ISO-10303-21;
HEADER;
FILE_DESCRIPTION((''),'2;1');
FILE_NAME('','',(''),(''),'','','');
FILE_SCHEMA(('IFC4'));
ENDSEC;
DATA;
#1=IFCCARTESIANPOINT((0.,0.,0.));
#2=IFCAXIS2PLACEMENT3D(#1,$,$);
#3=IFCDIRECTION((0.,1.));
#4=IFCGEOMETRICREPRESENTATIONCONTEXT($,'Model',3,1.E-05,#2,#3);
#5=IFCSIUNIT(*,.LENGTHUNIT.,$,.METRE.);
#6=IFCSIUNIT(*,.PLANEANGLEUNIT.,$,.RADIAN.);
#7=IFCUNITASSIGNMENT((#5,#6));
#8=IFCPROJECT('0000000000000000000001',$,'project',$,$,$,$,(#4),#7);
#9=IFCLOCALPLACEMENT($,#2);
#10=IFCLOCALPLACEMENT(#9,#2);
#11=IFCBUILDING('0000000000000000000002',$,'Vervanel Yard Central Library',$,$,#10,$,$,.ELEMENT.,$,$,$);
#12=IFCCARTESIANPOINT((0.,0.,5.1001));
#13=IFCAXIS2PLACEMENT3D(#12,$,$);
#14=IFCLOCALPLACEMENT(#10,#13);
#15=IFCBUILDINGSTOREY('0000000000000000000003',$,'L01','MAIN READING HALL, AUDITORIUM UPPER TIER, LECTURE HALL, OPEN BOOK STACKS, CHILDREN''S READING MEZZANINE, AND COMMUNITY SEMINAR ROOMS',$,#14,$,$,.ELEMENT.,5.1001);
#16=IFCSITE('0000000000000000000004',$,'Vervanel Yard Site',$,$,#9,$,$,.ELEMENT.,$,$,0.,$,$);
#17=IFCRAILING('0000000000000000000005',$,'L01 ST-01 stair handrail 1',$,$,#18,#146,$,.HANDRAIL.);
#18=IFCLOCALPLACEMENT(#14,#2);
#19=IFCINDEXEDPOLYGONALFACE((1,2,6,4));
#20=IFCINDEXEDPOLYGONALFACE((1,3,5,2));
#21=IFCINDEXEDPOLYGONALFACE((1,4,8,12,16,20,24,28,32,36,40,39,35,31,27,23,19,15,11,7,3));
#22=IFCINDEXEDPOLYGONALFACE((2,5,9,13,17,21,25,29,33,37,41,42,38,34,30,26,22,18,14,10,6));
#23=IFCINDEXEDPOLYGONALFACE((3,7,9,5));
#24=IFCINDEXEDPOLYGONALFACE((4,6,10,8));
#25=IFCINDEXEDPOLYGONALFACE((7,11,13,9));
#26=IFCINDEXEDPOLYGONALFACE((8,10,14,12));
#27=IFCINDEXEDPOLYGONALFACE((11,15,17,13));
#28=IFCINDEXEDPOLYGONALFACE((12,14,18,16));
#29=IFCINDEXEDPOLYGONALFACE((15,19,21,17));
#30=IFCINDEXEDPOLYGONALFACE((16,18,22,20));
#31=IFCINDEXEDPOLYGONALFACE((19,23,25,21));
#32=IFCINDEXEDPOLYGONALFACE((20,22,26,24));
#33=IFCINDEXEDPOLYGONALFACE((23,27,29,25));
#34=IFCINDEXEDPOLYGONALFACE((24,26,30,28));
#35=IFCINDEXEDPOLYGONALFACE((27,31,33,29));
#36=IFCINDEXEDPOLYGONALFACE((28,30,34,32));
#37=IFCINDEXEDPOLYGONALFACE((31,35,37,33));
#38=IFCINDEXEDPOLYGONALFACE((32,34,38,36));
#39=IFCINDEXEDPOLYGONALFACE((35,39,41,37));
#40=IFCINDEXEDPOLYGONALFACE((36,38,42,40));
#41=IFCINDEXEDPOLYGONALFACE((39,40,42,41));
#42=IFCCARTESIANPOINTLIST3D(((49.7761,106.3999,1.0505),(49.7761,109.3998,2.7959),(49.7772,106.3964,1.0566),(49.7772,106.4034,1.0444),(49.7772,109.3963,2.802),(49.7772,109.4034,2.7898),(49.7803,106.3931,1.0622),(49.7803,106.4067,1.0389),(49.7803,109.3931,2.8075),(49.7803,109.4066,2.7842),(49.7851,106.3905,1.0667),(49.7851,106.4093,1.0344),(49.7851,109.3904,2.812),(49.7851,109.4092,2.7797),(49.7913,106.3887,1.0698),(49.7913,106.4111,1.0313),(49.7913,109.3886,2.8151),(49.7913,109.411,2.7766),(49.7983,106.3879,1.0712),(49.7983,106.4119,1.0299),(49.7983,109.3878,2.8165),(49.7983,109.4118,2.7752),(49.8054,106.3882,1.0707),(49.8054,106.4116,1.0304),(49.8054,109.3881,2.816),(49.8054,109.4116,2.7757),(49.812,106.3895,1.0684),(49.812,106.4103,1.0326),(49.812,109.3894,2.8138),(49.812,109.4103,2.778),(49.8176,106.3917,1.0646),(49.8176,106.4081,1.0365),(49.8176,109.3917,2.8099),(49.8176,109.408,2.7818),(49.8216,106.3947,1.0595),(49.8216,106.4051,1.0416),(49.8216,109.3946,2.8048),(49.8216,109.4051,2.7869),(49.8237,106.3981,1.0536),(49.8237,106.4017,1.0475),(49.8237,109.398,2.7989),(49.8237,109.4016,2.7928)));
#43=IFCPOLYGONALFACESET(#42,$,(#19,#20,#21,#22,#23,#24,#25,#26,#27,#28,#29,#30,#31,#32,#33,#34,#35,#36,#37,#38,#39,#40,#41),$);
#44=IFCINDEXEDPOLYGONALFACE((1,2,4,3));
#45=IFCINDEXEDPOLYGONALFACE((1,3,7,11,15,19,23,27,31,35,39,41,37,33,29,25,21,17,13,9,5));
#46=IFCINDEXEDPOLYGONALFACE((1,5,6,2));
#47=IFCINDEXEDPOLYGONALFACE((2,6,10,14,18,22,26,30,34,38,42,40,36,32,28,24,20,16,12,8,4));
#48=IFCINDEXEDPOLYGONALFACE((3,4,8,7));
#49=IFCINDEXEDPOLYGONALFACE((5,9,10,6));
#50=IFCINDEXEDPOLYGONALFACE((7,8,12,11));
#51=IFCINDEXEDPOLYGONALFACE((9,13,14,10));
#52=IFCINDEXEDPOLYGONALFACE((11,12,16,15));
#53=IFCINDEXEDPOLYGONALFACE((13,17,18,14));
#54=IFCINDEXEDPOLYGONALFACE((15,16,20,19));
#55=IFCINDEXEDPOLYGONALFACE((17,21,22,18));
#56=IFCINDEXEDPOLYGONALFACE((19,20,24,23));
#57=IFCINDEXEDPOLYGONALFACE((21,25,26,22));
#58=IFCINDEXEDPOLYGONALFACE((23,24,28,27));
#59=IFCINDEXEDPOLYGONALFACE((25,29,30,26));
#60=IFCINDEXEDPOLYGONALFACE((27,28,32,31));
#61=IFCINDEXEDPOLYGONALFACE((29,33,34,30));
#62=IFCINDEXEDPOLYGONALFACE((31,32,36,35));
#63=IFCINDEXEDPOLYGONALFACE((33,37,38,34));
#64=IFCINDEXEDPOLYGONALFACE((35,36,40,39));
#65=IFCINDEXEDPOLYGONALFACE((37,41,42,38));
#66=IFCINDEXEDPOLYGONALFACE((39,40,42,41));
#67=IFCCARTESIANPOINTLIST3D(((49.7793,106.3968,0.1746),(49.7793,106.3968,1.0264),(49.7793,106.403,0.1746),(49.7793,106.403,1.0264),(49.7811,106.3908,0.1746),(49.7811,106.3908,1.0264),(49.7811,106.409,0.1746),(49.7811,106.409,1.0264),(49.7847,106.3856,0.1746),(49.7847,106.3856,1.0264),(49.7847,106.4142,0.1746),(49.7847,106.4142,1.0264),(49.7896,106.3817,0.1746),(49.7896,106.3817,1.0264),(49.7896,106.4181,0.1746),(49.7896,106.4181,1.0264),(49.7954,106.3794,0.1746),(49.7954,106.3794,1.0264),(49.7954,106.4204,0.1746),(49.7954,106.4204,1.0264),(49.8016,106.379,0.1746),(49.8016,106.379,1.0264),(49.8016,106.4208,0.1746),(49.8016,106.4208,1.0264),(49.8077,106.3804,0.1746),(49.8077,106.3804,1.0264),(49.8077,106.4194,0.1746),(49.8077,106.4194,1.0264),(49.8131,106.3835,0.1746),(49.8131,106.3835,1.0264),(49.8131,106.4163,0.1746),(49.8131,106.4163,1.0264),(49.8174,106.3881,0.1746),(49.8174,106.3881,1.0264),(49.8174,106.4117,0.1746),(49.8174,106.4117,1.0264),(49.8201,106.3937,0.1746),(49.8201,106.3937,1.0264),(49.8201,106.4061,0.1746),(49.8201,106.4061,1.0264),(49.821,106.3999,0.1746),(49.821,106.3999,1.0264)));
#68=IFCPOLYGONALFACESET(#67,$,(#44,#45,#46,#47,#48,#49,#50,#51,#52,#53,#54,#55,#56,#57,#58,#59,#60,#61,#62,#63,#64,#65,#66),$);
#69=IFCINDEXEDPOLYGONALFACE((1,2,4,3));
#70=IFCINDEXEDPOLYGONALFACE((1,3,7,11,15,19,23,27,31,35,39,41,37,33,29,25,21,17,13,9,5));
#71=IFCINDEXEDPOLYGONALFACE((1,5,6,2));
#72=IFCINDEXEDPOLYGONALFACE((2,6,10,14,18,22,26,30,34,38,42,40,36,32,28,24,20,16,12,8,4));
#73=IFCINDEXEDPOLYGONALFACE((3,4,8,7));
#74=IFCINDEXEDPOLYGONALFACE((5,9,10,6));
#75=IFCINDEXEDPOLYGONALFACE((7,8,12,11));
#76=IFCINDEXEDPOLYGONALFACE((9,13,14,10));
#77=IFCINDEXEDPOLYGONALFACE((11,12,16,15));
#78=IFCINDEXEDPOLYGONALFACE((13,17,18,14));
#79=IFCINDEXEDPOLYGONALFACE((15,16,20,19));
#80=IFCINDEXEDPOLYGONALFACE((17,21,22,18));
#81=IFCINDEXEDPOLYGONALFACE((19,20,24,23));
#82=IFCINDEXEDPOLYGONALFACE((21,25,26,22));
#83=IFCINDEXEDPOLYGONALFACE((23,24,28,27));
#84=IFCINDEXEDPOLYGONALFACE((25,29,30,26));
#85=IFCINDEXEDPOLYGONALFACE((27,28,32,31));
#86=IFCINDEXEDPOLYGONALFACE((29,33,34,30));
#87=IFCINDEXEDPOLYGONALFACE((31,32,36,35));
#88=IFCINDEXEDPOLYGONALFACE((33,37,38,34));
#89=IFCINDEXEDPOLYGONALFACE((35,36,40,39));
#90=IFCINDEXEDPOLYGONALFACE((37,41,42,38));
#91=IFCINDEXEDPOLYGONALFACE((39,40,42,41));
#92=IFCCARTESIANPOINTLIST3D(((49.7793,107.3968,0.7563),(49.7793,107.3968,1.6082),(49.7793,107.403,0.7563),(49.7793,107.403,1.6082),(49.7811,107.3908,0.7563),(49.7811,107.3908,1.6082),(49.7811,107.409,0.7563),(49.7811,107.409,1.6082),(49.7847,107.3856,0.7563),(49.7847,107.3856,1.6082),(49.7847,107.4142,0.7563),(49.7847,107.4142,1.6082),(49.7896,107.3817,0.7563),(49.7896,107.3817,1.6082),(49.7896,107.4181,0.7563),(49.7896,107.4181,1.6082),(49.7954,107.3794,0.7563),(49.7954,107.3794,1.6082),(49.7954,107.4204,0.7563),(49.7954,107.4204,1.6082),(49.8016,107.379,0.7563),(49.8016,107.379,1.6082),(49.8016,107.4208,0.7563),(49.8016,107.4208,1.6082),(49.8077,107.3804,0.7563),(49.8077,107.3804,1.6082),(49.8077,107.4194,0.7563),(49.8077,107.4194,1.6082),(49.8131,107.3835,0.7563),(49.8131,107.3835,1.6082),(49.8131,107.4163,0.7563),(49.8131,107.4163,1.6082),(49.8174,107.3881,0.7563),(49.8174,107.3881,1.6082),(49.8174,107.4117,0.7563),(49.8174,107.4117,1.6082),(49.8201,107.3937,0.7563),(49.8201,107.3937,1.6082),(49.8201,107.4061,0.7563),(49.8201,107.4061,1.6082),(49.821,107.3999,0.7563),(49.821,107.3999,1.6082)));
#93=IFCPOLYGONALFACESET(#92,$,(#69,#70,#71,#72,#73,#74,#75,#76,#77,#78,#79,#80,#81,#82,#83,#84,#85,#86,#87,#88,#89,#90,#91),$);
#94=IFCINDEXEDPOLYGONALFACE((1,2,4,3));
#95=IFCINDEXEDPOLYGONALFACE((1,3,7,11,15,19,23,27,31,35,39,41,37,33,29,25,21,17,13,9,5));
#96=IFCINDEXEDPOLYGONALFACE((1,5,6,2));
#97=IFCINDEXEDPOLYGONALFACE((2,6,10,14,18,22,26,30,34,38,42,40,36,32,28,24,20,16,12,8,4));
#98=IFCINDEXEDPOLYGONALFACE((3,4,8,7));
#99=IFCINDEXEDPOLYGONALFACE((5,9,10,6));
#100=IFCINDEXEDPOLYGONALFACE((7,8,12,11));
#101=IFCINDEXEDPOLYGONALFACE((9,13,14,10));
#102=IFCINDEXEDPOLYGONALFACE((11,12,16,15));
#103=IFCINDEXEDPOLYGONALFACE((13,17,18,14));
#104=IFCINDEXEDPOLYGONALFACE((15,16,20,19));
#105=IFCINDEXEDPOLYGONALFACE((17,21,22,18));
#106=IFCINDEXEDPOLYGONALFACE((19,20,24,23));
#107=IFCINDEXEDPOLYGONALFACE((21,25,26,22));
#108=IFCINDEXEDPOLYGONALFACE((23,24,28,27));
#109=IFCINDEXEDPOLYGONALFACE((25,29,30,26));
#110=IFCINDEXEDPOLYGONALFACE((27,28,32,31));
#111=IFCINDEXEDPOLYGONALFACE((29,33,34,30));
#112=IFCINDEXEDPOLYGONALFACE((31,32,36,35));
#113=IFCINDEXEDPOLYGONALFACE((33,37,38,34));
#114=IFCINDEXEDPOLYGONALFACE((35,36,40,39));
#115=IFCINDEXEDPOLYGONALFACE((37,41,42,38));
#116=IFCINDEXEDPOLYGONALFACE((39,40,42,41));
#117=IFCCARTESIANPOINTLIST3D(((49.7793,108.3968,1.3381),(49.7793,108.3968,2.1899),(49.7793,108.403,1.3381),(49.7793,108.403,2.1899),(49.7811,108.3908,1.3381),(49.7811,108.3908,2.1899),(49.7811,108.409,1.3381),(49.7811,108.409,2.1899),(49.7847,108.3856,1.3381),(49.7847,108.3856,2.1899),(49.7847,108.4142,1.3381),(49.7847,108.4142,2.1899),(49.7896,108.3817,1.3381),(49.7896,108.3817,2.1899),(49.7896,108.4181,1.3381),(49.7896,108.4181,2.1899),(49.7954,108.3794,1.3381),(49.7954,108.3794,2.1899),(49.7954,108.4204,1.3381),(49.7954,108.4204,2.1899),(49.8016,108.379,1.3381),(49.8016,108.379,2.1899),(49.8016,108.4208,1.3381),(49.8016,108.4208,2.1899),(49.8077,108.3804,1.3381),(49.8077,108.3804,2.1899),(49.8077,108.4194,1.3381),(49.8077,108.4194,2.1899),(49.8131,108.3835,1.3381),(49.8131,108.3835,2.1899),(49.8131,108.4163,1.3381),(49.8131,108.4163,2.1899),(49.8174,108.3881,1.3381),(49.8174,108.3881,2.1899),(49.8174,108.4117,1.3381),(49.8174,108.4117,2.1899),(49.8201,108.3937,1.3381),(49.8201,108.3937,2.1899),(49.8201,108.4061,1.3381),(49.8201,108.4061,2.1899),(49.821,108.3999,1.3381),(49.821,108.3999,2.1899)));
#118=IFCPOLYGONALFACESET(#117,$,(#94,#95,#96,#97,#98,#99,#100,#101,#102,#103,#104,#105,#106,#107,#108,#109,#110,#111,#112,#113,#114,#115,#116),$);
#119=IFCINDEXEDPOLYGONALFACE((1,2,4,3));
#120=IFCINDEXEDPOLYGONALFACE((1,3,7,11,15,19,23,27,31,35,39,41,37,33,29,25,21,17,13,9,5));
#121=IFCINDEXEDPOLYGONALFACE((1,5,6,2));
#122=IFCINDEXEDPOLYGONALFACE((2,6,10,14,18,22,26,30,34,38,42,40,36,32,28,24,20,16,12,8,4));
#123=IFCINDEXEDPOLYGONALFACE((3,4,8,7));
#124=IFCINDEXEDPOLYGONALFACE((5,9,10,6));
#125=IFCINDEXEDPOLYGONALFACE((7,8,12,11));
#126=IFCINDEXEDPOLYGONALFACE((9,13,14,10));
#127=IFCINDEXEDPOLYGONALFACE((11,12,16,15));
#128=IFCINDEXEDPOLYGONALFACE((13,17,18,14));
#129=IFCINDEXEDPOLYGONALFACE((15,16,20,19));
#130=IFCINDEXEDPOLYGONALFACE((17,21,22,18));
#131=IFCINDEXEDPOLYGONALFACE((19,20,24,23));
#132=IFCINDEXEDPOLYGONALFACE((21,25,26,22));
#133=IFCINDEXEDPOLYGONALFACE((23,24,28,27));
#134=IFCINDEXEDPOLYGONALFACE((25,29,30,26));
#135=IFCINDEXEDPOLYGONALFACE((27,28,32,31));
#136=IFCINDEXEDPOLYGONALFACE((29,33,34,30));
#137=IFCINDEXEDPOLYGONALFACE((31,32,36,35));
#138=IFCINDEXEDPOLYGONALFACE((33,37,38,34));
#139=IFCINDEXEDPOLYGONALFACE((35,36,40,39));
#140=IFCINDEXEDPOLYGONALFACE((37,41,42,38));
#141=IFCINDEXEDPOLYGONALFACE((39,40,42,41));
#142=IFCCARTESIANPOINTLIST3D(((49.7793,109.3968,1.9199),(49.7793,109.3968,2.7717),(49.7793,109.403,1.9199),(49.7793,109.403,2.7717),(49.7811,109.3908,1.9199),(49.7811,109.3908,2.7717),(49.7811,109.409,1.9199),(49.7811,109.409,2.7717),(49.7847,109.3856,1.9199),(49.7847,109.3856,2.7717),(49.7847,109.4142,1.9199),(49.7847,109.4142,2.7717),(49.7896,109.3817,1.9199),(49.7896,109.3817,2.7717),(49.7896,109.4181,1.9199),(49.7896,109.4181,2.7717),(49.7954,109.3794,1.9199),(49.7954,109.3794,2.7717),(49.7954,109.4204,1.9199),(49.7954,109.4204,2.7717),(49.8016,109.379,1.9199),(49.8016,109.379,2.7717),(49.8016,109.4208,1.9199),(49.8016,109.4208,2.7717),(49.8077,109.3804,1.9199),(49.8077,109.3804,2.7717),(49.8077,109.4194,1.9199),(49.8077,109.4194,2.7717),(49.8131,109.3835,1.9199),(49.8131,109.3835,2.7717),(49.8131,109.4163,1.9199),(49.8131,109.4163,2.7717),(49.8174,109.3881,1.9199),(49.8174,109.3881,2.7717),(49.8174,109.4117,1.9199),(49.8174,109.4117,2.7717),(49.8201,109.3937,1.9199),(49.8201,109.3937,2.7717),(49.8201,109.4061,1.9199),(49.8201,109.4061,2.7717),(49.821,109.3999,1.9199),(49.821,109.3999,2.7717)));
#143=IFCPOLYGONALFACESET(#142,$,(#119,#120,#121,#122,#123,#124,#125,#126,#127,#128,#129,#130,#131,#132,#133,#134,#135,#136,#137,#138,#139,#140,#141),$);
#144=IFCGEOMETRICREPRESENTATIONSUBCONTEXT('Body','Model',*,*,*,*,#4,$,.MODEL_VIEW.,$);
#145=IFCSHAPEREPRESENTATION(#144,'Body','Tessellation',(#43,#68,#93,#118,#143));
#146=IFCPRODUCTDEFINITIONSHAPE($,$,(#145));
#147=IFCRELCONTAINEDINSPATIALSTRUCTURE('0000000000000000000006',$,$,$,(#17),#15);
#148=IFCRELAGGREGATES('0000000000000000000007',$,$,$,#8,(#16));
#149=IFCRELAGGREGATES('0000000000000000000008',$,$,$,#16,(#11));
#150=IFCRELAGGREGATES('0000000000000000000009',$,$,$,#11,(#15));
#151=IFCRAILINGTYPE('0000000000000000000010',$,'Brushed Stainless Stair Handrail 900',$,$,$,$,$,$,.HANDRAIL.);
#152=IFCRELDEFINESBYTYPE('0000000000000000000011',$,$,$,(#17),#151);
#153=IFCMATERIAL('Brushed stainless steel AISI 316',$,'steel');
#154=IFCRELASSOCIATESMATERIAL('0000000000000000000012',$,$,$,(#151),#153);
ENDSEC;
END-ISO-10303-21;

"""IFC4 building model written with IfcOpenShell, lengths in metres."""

from ifc_helpers import new_model, si_unit, direction, frame, origin, origin_2d, place, context, subcontext, project, spatial, circle, extrude, material, type_object, element, save


model = new_model("IFC4")

# Units and contexts
model_context = context("Model", 3, precision=1e-05, world=origin(), true_north=direction((0.0, 1.0)))
body_context = subcontext(model_context, "Body", "Model", "MODEL_VIEW")
ifc_project = project(units=[si_unit("LENGTHUNIT", "METRE"), si_unit("PLANEANGLEUNIT", "RADIAN")], contexts=[model_context])

# Site, building, storey
site_placement = place(None, origin())
site = spatial("IfcSite", under=ifc_project, at=site_placement, Name="Vervanel Yard Site", CompositionType="ELEMENT", RefElevation=0.0)
building_placement = place(site_placement, origin())
building = spatial("IfcBuilding", under=site, at=building_placement, Name="Vervanel Yard Central Library", CompositionType="ELEMENT")
storey_placement = place(building_placement, frame((0.0, 0.0, 5.1001)))
storey = spatial("IfcBuildingStorey", under=building, at=storey_placement, Name="L01", Description="MAIN READING HALL, AUDITORIUM UPPER TIER, LECTURE HALL, OPEN BOOK STACKS, CHILDREN'S READING MEZZANINE, AND COMMUNITY SEMINAR ROOMS", CompositionType="ELEMENT", Elevation=5.1001)

# Shared definitions
ifc_material_1 = material(Name="Brushed stainless steel AISI 316", Category="steel")

# Railing
railing_type_1 = type_object("IfcRailingType", Name="Brushed Stainless Stair Handrail 900", PredefinedType="HANDRAIL", material=ifc_material_1)
railing_1_placement = place(storey_placement, frame((49.8, 106.3999, 0.1746)))
element("IfcRailing", 1, at=railing_1_placement, inside=storey, type_object=railing_type_1, Name="L01 ST-01 stair handrail 1", PredefinedType="HANDRAIL", context=body_context, shape_type="SweptSolid", body=[
    extrude(circle(Radius=0.0239, at=origin_2d()), frame((0.0, 0.0, 0.876), z_axis=(0.0, 0.86436, 0.502874), x_axis=(-1.0, 0.0, 0.0)), (0.0, 0.0, 1.0), 3.4707),
    extrude(circle(Radius=0.021, at=origin_2d()), origin(), (0.0, 0.0, 1.0), 0.8518),
    extrude(circle(Radius=0.021, at=origin_2d()), frame((0.0, 1.0, 0.5818)), (0.0, 0.0, 1.0), 0.8518),
    extrude(circle(Radius=0.021, at=origin_2d()), frame((0.0, 2.0, 1.1636)), (0.0, 0.0, 1.0), 0.8518),
    extrude(circle(Radius=0.021, at=origin_2d()), frame((0.0, 3.0, 1.7454)), (0.0, 0.0, 1.0), 0.8518),
])

save(model, "model.ifc")
